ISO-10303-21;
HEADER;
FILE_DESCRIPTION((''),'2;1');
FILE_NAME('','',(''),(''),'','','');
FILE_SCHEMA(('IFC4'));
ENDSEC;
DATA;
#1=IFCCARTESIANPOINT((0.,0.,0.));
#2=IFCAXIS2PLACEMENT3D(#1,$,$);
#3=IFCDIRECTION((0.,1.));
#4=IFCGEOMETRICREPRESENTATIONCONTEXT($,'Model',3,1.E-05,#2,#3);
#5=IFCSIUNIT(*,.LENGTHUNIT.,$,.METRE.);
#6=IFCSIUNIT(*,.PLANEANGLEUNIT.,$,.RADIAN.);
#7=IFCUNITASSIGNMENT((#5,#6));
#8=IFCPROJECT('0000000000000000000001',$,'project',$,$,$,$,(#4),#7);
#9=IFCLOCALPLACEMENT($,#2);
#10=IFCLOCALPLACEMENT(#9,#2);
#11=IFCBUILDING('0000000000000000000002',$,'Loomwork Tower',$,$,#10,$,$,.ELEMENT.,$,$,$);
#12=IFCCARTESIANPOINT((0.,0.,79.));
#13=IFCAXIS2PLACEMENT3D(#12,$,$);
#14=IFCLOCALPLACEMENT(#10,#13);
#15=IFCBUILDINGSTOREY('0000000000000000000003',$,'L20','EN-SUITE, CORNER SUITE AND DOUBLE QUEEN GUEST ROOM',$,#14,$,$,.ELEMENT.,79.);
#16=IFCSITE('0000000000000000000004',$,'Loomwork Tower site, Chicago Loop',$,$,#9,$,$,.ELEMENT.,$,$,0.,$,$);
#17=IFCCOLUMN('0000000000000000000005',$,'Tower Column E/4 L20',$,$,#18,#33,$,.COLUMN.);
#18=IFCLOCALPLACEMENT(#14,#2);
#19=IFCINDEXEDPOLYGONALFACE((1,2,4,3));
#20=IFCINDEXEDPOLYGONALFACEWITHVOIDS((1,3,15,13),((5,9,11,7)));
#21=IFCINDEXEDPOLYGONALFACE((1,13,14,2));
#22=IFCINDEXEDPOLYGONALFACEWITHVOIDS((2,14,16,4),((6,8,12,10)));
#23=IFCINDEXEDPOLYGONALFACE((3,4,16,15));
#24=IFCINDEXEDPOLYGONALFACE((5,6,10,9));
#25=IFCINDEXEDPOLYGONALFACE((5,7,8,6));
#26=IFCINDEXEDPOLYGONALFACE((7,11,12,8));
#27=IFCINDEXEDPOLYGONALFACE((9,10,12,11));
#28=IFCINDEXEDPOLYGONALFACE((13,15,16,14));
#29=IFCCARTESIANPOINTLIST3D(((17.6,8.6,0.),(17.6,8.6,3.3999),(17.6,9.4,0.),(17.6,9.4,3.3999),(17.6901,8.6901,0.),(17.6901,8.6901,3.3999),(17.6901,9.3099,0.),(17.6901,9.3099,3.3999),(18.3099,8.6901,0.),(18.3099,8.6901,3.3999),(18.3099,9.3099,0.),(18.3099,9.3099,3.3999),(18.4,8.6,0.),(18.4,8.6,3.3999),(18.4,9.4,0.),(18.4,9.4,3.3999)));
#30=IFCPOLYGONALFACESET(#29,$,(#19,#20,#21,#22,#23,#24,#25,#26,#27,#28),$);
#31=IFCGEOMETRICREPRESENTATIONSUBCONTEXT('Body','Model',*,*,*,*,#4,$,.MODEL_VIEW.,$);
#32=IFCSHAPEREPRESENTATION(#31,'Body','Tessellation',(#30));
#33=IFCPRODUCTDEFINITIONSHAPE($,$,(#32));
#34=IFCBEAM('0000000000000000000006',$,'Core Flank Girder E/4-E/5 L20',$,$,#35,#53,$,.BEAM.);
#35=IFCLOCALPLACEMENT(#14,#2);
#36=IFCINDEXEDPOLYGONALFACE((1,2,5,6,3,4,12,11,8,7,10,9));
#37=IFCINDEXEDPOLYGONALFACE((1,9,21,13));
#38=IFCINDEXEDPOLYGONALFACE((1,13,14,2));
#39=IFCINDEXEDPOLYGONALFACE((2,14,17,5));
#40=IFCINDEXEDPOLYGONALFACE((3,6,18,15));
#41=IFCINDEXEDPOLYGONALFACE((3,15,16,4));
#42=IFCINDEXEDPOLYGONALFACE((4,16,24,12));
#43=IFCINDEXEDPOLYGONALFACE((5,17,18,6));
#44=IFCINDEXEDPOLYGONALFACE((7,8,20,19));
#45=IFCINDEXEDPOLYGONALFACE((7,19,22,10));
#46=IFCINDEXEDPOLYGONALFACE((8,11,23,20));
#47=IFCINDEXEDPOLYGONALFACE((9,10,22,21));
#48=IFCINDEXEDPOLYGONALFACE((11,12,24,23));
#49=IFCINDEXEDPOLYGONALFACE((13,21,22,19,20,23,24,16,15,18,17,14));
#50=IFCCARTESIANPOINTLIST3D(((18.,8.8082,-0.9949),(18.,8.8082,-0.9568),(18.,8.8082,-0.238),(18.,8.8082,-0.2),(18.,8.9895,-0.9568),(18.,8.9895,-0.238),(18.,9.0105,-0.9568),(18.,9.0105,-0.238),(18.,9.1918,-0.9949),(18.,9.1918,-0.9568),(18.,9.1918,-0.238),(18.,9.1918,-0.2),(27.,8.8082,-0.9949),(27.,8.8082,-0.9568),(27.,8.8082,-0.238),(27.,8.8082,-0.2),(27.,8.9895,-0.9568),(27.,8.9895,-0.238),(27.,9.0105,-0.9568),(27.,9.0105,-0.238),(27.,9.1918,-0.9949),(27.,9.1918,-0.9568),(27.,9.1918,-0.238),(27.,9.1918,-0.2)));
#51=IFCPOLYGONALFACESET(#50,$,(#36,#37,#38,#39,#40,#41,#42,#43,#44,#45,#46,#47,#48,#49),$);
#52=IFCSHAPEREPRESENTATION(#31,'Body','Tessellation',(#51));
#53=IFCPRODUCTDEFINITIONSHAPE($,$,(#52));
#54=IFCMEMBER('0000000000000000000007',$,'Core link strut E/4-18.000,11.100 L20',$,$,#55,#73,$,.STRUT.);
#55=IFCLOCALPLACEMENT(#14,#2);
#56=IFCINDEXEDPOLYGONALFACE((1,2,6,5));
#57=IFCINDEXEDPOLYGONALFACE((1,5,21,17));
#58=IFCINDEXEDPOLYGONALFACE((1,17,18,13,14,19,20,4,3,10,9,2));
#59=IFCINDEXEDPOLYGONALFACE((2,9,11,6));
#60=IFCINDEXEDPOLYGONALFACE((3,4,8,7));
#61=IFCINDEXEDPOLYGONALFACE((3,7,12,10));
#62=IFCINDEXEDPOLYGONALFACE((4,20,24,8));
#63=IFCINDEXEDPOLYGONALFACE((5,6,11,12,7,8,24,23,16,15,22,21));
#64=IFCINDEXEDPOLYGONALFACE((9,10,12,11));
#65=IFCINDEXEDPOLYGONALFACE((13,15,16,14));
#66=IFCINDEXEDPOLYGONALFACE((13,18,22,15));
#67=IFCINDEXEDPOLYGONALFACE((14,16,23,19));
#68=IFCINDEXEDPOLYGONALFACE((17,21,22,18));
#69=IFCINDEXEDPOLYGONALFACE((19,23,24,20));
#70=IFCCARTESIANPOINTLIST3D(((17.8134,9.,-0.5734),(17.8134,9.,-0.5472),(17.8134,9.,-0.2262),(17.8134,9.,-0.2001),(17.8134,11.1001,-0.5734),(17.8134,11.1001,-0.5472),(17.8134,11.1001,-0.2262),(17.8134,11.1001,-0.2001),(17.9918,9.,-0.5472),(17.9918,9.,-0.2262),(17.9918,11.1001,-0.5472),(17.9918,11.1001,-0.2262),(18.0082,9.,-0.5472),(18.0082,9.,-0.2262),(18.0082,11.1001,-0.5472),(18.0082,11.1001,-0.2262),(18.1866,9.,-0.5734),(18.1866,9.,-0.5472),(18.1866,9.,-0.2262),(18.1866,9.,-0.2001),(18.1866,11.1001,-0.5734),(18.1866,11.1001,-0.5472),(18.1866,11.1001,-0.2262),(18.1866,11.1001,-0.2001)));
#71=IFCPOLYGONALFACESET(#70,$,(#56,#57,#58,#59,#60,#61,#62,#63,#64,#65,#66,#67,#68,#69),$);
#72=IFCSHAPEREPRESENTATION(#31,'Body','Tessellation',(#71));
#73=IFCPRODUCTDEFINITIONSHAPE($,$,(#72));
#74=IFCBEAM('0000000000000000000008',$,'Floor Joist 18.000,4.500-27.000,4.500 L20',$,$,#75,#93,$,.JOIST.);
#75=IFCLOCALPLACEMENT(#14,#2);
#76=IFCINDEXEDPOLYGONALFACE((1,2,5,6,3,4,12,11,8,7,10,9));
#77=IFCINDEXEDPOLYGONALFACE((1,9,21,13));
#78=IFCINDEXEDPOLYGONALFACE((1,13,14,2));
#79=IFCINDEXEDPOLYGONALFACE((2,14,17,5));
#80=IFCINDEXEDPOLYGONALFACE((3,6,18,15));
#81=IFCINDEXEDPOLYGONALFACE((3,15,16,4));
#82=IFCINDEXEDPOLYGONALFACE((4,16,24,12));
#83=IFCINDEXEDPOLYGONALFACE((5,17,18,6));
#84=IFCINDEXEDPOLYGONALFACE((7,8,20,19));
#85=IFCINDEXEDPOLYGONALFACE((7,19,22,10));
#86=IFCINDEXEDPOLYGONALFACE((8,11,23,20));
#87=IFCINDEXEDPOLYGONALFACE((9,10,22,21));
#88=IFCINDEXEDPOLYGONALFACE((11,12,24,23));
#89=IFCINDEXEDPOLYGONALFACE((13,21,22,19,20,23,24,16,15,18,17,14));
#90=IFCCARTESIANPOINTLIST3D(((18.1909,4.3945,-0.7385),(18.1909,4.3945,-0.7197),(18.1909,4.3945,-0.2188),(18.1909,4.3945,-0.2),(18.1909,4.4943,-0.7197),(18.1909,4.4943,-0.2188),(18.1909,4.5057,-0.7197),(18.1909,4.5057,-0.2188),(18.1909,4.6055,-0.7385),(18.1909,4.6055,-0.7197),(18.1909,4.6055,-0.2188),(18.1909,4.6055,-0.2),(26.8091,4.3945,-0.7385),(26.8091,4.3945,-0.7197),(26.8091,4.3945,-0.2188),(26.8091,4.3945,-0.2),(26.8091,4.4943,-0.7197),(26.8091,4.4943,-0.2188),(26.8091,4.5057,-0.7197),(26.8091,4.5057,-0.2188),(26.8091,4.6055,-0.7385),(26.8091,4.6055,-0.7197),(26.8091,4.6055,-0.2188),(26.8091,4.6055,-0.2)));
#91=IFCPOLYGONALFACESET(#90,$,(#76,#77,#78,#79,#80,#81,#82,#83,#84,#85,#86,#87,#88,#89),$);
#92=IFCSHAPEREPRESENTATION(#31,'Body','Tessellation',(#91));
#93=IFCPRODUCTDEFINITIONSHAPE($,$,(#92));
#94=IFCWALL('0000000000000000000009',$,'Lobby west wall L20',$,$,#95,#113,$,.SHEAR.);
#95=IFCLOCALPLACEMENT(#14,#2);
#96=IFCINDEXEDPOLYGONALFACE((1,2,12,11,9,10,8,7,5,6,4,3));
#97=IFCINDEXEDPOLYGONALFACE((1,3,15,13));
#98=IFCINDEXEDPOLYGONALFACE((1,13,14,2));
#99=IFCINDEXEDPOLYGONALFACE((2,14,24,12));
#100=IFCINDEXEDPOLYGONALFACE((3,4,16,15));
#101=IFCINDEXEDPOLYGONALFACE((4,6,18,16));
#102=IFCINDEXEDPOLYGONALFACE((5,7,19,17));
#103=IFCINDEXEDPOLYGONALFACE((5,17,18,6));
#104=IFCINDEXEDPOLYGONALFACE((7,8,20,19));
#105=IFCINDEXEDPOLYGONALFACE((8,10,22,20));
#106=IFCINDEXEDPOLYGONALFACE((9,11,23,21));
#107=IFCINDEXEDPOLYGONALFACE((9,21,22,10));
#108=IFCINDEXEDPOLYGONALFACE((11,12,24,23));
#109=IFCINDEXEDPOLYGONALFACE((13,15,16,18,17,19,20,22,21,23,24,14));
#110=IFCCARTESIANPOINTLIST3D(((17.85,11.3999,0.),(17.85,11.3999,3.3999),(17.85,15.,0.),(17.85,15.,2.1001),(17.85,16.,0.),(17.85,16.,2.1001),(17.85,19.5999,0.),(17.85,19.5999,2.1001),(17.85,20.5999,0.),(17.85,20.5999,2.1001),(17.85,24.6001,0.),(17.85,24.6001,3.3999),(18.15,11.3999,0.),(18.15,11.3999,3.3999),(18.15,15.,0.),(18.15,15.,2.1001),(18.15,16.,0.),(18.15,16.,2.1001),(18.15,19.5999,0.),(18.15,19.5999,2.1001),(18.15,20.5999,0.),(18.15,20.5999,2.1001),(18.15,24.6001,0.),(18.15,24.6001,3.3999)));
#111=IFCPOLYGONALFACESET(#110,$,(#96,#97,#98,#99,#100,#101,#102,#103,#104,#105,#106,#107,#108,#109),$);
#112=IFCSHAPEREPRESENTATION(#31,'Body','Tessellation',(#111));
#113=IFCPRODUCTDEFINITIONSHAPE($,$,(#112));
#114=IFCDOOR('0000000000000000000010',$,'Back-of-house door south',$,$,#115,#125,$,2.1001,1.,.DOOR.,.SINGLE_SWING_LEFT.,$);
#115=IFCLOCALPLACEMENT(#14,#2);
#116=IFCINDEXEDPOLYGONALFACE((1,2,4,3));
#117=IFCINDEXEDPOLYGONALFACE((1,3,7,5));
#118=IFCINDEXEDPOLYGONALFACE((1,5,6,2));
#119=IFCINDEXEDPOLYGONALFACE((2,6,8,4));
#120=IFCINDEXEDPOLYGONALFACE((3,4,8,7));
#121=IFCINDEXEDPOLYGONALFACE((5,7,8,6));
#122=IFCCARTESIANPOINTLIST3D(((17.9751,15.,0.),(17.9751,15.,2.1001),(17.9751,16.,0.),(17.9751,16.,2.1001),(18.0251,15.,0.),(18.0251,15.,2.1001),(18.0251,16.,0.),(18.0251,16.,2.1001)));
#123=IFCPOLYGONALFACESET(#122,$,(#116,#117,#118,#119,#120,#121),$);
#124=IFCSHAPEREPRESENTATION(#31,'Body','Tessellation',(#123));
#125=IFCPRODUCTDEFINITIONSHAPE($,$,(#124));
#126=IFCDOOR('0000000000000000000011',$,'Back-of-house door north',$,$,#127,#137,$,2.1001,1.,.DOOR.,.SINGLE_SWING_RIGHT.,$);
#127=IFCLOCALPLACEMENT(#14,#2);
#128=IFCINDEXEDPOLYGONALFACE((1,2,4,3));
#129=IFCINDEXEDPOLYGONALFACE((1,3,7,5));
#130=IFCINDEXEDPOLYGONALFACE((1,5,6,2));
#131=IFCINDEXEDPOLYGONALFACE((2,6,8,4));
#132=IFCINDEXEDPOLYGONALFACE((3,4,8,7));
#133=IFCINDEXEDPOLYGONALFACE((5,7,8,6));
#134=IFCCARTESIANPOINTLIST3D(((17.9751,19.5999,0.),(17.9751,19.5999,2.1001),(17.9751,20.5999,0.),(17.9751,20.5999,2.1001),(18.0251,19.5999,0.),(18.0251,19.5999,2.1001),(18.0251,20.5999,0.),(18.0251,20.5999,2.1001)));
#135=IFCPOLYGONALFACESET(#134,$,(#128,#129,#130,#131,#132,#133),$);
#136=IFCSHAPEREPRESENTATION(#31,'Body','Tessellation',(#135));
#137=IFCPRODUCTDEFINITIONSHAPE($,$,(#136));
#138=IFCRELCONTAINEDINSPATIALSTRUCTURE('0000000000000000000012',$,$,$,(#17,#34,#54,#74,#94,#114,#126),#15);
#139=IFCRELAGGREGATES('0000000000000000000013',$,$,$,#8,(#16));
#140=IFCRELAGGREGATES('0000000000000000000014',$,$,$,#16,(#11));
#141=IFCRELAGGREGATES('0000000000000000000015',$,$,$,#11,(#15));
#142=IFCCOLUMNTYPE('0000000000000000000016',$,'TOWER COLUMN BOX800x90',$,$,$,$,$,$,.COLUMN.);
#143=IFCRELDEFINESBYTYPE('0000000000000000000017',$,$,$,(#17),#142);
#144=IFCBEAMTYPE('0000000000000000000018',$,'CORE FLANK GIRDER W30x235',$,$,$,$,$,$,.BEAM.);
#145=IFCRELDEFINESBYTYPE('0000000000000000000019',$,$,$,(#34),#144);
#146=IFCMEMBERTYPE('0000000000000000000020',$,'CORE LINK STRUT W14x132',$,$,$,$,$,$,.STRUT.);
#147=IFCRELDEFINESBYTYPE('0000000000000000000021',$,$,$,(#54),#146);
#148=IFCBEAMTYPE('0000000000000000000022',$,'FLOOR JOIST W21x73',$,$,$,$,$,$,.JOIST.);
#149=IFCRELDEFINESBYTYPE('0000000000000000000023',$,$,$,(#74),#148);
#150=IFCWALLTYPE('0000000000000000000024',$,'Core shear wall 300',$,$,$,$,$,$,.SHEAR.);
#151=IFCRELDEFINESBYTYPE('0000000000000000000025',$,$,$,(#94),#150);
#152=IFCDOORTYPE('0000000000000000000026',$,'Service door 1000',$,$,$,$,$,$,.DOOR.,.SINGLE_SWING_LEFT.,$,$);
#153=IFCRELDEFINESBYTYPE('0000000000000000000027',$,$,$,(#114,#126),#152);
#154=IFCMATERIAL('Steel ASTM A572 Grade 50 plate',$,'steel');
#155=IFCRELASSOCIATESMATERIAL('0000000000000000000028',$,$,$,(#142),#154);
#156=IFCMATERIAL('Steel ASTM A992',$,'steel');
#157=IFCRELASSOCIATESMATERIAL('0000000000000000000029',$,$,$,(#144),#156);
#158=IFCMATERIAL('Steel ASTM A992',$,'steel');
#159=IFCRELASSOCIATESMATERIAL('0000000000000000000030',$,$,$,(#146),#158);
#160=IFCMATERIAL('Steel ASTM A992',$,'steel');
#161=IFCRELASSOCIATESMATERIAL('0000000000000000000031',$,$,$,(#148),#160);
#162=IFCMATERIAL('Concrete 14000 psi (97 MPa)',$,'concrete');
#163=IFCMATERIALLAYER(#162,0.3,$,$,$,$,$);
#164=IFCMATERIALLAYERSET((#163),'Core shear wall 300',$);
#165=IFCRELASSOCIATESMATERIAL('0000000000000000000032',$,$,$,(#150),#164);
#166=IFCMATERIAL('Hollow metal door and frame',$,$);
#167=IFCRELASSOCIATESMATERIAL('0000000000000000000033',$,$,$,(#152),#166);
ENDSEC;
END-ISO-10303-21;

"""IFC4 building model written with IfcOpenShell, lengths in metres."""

from ifc_helpers import new_model, si_unit, direction, frame, frame_2d, origin, origin_2d, place, context, subcontext, project, spatial, rectangle, hollow_rectangle, i_section, extrude, material, layer, layer_set, material_profile, profile_set, type_object, element, fill, save


model = new_model("IFC4")

# Units and contexts
model_context = context("Model", 3, precision=1e-05, world=origin(), true_north=direction((0.0, 1.0)))
body_context = subcontext(model_context, "Body", "Model", "MODEL_VIEW")
ifc_project = project(units=[si_unit("LENGTHUNIT", "METRE"), si_unit("PLANEANGLEUNIT", "RADIAN")], contexts=[model_context])

# Site, building, storey
site_placement = place(None, origin())
site = spatial("IfcSite", under=ifc_project, at=site_placement, Name="Loomwork Tower site, Chicago Loop", CompositionType="ELEMENT", RefElevation=0.0)
building_placement = place(site_placement, origin())
building = spatial("IfcBuilding", under=site, at=building_placement, Name="Loomwork Tower", CompositionType="ELEMENT")
storey_placement = place(building_placement, frame((0.0, 0.0, 79.0)))
storey = spatial("IfcBuildingStorey", under=building, at=storey_placement, Name="L20", Description="EN-SUITE, CORNER SUITE AND DOUBLE QUEEN GUEST ROOM", CompositionType="ELEMENT", Elevation=79.0)

# Column
ifc_material_1 = material(Name="Steel ASTM A572 Grade 50 plate", Category="steel")
ifc_material_profile_1 = material_profile(ifc_material_1, hollow_rectangle(XDim=0.8, YDim=0.8, WallThickness=0.0901, at=origin_2d()), Name="BOX800x90")
ifc_profile_set_1 = profile_set([ifc_material_profile_1], Name="Steel ASTM A572 Grade 50 plate")
column_type = type_object("IfcColumnType", Name="TOWER COLUMN BOX800x90", PredefinedType="COLUMN", material=ifc_profile_set_1)
column_placement = place(storey_placement, frame((18.0, 9.0, 0.0), z_axis=(0.0, 0.0, 1.0), x_axis=(1.0, 0.0, 0.0)))
element("IfcColumn", 1, at=column_placement, inside=storey, type_object=column_type, Name="Tower Column E/4 L20", PredefinedType="COLUMN", context=body_context, shape_type="SweptSolid", body=[
    extrude(hollow_rectangle(XDim=0.8, YDim=0.8, WallThickness=0.0901, at=origin_2d()), origin(), (0.0, 0.0, 1.0), 3.3999),
])

# Beam
ifc_material_2 = material(Name="Steel ASTM A992", Category="steel")
ifc_material_profile_2 = material_profile(ifc_material_2, i_section(OverallWidth=0.3835, OverallDepth=0.7949, WebThickness=0.021, FlangeThickness=0.0381, at=origin_2d()), Name="W30x235")
ifc_profile_set_2 = profile_set([ifc_material_profile_2], Name="Steel ASTM A992")
beam_type_1 = type_object("IfcBeamType", Name="CORE FLANK GIRDER W30x235", PredefinedType="BEAM", material=ifc_profile_set_2)
beam_1_placement = place(storey_placement, frame((18.0, 9.0, -0.5974), z_axis=(1.0, 0.0, 0.0), x_axis=(0.0, 1.0, 0.0)))
element("IfcBeam", 2, at=beam_1_placement, inside=storey, type_object=beam_type_1, Name="Core Flank Girder E/4-E/5 L20", PredefinedType="BEAM", context=body_context, shape_type="SweptSolid", body=[
    extrude(i_section(OverallWidth=0.3835, OverallDepth=0.7949, WebThickness=0.021, FlangeThickness=0.0381, at=origin_2d()), origin(), (0.0, 0.0, 1.0), 9.0),
])

# Member
ifc_material_3 = material(Name="Steel ASTM A992", Category="steel")
ifc_material_profile_3 = material_profile(ifc_material_3, i_section(OverallWidth=0.3733, OverallDepth=0.3733, WebThickness=0.0164, FlangeThickness=0.0261, at=origin_2d()), Name="W14x132")
ifc_profile_set_3 = profile_set([ifc_material_profile_3], Name="Steel ASTM A992")
member_type = type_object("IfcMemberType", Name="CORE LINK STRUT W14x132", PredefinedType="STRUT", material=ifc_profile_set_3)
member_placement = place(storey_placement, frame((18.0, 9.0, -0.3867), z_axis=(0.0, 1.0, 0.0), x_axis=(-1.0, 0.0, 0.0)))
element("IfcMember", 3, at=member_placement, inside=storey, type_object=member_type, Name="Core link strut E/4-18.000,11.100 L20", PredefinedType="STRUT", context=body_context, shape_type="SweptSolid", body=[
    extrude(i_section(OverallWidth=0.3733, OverallDepth=0.3733, WebThickness=0.0164, FlangeThickness=0.0261, at=origin_2d()), origin(), (0.0, 0.0, 1.0), 2.1001),
])

# Beam
ifc_material_4 = material(Name="Steel ASTM A992", Category="steel")
ifc_material_profile_4 = material_profile(ifc_material_4, i_section(OverallWidth=0.2109, OverallDepth=0.5386, WebThickness=0.0115, FlangeThickness=0.0188, at=origin_2d()), Name="W21x73")
ifc_profile_set_4 = profile_set([ifc_material_profile_4], Name="Steel ASTM A992")
beam_type_2 = type_object("IfcBeamType", Name="FLOOR JOIST W21x73", PredefinedType="JOIST", material=ifc_profile_set_4)
beam_2_placement = place(storey_placement, frame((18.1909, 4.5, -0.4692), z_axis=(1.0, 0.0, 0.0), x_axis=(0.0, 1.0, 0.0)))
element("IfcBeam", 4, at=beam_2_placement, inside=storey, type_object=beam_type_2, Name="Floor Joist 18.000,4.500-27.000,4.500 L20", PredefinedType="JOIST", context=body_context, shape_type="SweptSolid", body=[
    extrude(i_section(OverallWidth=0.2109, OverallDepth=0.5386, WebThickness=0.0115, FlangeThickness=0.0188, at=origin_2d()), origin(), (0.0, 0.0, 1.0), 8.6182),
])

# Wall, openings, doors
ifc_material_5 = material(Name="Concrete 14000 psi (97 MPa)", Category="concrete")
ifc_layer_1 = layer(ifc_material_5, 0.3)
ifc_layer_set_1 = layer_set([ifc_layer_1], Name="Core shear wall 300")
wall_type_1 = type_object("IfcWallType", Name="Core shear wall 300", PredefinedType="SHEAR", material=ifc_layer_set_1)
wall_1_placement = place(storey_placement, frame((18.0, 11.3999, 0.0), z_axis=(0.0, 0.0, 1.0), x_axis=(0.0, 1.0, 0.0)))
wall_1 = element("IfcWall", 5, at=wall_1_placement, inside=storey, type_object=wall_type_1, Name="Lobby west wall L20", PredefinedType="SHEAR", context=body_context, shape_type="SweptSolid", body=[
    extrude(rectangle(XDim=13.2002, YDim=0.3, at=frame_2d((6.6001, 0.0))), origin(), (0.0, 0.0, 1.0), 3.3999),
])
opening_1_placement = place(wall_1_placement, frame((3.6001, 0.0, 0.0)))
opening_1 = element("IfcOpeningElement", 6, at=opening_1_placement, cuts=wall_1, PredefinedType="OPENING", context=body_context, shape_type="SweptSolid", body=[
    extrude(rectangle(XDim=1.0, YDim=2.1001, at=frame_2d((0.5, 1.05))), frame((0.0, 0.1599, 0.0), z_axis=(0.0, -1.0, 0.0), x_axis=(1.0, 0.0, 0.0)), (0.0, 0.0, 1.0), 0.3201),
])
opening_2_placement = place(wall_1_placement, frame((8.2, 0.0, 0.0)))
opening_2 = element("IfcOpeningElement", 7, at=opening_2_placement, cuts=wall_1, PredefinedType="OPENING", context=body_context, shape_type="SweptSolid", body=[
    extrude(rectangle(XDim=1.0, YDim=2.1001, at=frame_2d((0.5, 1.05))), frame((0.0, 0.1599, 0.0), z_axis=(0.0, -1.0, 0.0), x_axis=(1.0, 0.0, 0.0)), (0.0, 0.0, 1.0), 0.3201),
])
ifc_material_6 = material(Name="Hollow metal door and frame")
door_type_1 = type_object("IfcDoorType", Name="Service door 1000", OperationType="SINGLE_SWING_LEFT", PredefinedType="DOOR", material=ifc_material_6)
door_1_placement = place(opening_1_placement, origin())
door_1 = element("IfcDoor", 8, at=door_1_placement, inside=storey, type_object=door_type_1, Name="Back-of-house door south", OperationType="SINGLE_SWING_LEFT", OverallHeight=2.1001, OverallWidth=1.0, PredefinedType="DOOR", context=body_context, shape_type="SweptSolid", body=[
    extrude(rectangle(XDim=1.0, YDim=2.1001, at=frame_2d((0.5, 1.05))), frame((0.0, 0.0249, 0.0), z_axis=(0.0, -1.0, 0.0), x_axis=(1.0, 0.0, 0.0)), (0.0, 0.0, 1.0), 0.05),
])
fill(opening_1, door_1)
door_2_placement = place(opening_2_placement, origin())
door_2 = element("IfcDoor", 9, at=door_2_placement, inside=storey, type_object=door_type_1, Name="Back-of-house door north", OperationType="SINGLE_SWING_RIGHT", OverallHeight=2.1001, OverallWidth=1.0, PredefinedType="DOOR", context=body_context, shape_type="SweptSolid", body=[
    extrude(rectangle(XDim=1.0, YDim=2.1001, at=frame_2d((0.5, 1.05))), frame((0.0, 0.0249, 0.0), z_axis=(0.0, -1.0, 0.0), x_axis=(1.0, 0.0, 0.0)), (0.0, 0.0, 1.0), 0.05),
])
fill(opening_2, door_2)

save(model, "model.ifc")
